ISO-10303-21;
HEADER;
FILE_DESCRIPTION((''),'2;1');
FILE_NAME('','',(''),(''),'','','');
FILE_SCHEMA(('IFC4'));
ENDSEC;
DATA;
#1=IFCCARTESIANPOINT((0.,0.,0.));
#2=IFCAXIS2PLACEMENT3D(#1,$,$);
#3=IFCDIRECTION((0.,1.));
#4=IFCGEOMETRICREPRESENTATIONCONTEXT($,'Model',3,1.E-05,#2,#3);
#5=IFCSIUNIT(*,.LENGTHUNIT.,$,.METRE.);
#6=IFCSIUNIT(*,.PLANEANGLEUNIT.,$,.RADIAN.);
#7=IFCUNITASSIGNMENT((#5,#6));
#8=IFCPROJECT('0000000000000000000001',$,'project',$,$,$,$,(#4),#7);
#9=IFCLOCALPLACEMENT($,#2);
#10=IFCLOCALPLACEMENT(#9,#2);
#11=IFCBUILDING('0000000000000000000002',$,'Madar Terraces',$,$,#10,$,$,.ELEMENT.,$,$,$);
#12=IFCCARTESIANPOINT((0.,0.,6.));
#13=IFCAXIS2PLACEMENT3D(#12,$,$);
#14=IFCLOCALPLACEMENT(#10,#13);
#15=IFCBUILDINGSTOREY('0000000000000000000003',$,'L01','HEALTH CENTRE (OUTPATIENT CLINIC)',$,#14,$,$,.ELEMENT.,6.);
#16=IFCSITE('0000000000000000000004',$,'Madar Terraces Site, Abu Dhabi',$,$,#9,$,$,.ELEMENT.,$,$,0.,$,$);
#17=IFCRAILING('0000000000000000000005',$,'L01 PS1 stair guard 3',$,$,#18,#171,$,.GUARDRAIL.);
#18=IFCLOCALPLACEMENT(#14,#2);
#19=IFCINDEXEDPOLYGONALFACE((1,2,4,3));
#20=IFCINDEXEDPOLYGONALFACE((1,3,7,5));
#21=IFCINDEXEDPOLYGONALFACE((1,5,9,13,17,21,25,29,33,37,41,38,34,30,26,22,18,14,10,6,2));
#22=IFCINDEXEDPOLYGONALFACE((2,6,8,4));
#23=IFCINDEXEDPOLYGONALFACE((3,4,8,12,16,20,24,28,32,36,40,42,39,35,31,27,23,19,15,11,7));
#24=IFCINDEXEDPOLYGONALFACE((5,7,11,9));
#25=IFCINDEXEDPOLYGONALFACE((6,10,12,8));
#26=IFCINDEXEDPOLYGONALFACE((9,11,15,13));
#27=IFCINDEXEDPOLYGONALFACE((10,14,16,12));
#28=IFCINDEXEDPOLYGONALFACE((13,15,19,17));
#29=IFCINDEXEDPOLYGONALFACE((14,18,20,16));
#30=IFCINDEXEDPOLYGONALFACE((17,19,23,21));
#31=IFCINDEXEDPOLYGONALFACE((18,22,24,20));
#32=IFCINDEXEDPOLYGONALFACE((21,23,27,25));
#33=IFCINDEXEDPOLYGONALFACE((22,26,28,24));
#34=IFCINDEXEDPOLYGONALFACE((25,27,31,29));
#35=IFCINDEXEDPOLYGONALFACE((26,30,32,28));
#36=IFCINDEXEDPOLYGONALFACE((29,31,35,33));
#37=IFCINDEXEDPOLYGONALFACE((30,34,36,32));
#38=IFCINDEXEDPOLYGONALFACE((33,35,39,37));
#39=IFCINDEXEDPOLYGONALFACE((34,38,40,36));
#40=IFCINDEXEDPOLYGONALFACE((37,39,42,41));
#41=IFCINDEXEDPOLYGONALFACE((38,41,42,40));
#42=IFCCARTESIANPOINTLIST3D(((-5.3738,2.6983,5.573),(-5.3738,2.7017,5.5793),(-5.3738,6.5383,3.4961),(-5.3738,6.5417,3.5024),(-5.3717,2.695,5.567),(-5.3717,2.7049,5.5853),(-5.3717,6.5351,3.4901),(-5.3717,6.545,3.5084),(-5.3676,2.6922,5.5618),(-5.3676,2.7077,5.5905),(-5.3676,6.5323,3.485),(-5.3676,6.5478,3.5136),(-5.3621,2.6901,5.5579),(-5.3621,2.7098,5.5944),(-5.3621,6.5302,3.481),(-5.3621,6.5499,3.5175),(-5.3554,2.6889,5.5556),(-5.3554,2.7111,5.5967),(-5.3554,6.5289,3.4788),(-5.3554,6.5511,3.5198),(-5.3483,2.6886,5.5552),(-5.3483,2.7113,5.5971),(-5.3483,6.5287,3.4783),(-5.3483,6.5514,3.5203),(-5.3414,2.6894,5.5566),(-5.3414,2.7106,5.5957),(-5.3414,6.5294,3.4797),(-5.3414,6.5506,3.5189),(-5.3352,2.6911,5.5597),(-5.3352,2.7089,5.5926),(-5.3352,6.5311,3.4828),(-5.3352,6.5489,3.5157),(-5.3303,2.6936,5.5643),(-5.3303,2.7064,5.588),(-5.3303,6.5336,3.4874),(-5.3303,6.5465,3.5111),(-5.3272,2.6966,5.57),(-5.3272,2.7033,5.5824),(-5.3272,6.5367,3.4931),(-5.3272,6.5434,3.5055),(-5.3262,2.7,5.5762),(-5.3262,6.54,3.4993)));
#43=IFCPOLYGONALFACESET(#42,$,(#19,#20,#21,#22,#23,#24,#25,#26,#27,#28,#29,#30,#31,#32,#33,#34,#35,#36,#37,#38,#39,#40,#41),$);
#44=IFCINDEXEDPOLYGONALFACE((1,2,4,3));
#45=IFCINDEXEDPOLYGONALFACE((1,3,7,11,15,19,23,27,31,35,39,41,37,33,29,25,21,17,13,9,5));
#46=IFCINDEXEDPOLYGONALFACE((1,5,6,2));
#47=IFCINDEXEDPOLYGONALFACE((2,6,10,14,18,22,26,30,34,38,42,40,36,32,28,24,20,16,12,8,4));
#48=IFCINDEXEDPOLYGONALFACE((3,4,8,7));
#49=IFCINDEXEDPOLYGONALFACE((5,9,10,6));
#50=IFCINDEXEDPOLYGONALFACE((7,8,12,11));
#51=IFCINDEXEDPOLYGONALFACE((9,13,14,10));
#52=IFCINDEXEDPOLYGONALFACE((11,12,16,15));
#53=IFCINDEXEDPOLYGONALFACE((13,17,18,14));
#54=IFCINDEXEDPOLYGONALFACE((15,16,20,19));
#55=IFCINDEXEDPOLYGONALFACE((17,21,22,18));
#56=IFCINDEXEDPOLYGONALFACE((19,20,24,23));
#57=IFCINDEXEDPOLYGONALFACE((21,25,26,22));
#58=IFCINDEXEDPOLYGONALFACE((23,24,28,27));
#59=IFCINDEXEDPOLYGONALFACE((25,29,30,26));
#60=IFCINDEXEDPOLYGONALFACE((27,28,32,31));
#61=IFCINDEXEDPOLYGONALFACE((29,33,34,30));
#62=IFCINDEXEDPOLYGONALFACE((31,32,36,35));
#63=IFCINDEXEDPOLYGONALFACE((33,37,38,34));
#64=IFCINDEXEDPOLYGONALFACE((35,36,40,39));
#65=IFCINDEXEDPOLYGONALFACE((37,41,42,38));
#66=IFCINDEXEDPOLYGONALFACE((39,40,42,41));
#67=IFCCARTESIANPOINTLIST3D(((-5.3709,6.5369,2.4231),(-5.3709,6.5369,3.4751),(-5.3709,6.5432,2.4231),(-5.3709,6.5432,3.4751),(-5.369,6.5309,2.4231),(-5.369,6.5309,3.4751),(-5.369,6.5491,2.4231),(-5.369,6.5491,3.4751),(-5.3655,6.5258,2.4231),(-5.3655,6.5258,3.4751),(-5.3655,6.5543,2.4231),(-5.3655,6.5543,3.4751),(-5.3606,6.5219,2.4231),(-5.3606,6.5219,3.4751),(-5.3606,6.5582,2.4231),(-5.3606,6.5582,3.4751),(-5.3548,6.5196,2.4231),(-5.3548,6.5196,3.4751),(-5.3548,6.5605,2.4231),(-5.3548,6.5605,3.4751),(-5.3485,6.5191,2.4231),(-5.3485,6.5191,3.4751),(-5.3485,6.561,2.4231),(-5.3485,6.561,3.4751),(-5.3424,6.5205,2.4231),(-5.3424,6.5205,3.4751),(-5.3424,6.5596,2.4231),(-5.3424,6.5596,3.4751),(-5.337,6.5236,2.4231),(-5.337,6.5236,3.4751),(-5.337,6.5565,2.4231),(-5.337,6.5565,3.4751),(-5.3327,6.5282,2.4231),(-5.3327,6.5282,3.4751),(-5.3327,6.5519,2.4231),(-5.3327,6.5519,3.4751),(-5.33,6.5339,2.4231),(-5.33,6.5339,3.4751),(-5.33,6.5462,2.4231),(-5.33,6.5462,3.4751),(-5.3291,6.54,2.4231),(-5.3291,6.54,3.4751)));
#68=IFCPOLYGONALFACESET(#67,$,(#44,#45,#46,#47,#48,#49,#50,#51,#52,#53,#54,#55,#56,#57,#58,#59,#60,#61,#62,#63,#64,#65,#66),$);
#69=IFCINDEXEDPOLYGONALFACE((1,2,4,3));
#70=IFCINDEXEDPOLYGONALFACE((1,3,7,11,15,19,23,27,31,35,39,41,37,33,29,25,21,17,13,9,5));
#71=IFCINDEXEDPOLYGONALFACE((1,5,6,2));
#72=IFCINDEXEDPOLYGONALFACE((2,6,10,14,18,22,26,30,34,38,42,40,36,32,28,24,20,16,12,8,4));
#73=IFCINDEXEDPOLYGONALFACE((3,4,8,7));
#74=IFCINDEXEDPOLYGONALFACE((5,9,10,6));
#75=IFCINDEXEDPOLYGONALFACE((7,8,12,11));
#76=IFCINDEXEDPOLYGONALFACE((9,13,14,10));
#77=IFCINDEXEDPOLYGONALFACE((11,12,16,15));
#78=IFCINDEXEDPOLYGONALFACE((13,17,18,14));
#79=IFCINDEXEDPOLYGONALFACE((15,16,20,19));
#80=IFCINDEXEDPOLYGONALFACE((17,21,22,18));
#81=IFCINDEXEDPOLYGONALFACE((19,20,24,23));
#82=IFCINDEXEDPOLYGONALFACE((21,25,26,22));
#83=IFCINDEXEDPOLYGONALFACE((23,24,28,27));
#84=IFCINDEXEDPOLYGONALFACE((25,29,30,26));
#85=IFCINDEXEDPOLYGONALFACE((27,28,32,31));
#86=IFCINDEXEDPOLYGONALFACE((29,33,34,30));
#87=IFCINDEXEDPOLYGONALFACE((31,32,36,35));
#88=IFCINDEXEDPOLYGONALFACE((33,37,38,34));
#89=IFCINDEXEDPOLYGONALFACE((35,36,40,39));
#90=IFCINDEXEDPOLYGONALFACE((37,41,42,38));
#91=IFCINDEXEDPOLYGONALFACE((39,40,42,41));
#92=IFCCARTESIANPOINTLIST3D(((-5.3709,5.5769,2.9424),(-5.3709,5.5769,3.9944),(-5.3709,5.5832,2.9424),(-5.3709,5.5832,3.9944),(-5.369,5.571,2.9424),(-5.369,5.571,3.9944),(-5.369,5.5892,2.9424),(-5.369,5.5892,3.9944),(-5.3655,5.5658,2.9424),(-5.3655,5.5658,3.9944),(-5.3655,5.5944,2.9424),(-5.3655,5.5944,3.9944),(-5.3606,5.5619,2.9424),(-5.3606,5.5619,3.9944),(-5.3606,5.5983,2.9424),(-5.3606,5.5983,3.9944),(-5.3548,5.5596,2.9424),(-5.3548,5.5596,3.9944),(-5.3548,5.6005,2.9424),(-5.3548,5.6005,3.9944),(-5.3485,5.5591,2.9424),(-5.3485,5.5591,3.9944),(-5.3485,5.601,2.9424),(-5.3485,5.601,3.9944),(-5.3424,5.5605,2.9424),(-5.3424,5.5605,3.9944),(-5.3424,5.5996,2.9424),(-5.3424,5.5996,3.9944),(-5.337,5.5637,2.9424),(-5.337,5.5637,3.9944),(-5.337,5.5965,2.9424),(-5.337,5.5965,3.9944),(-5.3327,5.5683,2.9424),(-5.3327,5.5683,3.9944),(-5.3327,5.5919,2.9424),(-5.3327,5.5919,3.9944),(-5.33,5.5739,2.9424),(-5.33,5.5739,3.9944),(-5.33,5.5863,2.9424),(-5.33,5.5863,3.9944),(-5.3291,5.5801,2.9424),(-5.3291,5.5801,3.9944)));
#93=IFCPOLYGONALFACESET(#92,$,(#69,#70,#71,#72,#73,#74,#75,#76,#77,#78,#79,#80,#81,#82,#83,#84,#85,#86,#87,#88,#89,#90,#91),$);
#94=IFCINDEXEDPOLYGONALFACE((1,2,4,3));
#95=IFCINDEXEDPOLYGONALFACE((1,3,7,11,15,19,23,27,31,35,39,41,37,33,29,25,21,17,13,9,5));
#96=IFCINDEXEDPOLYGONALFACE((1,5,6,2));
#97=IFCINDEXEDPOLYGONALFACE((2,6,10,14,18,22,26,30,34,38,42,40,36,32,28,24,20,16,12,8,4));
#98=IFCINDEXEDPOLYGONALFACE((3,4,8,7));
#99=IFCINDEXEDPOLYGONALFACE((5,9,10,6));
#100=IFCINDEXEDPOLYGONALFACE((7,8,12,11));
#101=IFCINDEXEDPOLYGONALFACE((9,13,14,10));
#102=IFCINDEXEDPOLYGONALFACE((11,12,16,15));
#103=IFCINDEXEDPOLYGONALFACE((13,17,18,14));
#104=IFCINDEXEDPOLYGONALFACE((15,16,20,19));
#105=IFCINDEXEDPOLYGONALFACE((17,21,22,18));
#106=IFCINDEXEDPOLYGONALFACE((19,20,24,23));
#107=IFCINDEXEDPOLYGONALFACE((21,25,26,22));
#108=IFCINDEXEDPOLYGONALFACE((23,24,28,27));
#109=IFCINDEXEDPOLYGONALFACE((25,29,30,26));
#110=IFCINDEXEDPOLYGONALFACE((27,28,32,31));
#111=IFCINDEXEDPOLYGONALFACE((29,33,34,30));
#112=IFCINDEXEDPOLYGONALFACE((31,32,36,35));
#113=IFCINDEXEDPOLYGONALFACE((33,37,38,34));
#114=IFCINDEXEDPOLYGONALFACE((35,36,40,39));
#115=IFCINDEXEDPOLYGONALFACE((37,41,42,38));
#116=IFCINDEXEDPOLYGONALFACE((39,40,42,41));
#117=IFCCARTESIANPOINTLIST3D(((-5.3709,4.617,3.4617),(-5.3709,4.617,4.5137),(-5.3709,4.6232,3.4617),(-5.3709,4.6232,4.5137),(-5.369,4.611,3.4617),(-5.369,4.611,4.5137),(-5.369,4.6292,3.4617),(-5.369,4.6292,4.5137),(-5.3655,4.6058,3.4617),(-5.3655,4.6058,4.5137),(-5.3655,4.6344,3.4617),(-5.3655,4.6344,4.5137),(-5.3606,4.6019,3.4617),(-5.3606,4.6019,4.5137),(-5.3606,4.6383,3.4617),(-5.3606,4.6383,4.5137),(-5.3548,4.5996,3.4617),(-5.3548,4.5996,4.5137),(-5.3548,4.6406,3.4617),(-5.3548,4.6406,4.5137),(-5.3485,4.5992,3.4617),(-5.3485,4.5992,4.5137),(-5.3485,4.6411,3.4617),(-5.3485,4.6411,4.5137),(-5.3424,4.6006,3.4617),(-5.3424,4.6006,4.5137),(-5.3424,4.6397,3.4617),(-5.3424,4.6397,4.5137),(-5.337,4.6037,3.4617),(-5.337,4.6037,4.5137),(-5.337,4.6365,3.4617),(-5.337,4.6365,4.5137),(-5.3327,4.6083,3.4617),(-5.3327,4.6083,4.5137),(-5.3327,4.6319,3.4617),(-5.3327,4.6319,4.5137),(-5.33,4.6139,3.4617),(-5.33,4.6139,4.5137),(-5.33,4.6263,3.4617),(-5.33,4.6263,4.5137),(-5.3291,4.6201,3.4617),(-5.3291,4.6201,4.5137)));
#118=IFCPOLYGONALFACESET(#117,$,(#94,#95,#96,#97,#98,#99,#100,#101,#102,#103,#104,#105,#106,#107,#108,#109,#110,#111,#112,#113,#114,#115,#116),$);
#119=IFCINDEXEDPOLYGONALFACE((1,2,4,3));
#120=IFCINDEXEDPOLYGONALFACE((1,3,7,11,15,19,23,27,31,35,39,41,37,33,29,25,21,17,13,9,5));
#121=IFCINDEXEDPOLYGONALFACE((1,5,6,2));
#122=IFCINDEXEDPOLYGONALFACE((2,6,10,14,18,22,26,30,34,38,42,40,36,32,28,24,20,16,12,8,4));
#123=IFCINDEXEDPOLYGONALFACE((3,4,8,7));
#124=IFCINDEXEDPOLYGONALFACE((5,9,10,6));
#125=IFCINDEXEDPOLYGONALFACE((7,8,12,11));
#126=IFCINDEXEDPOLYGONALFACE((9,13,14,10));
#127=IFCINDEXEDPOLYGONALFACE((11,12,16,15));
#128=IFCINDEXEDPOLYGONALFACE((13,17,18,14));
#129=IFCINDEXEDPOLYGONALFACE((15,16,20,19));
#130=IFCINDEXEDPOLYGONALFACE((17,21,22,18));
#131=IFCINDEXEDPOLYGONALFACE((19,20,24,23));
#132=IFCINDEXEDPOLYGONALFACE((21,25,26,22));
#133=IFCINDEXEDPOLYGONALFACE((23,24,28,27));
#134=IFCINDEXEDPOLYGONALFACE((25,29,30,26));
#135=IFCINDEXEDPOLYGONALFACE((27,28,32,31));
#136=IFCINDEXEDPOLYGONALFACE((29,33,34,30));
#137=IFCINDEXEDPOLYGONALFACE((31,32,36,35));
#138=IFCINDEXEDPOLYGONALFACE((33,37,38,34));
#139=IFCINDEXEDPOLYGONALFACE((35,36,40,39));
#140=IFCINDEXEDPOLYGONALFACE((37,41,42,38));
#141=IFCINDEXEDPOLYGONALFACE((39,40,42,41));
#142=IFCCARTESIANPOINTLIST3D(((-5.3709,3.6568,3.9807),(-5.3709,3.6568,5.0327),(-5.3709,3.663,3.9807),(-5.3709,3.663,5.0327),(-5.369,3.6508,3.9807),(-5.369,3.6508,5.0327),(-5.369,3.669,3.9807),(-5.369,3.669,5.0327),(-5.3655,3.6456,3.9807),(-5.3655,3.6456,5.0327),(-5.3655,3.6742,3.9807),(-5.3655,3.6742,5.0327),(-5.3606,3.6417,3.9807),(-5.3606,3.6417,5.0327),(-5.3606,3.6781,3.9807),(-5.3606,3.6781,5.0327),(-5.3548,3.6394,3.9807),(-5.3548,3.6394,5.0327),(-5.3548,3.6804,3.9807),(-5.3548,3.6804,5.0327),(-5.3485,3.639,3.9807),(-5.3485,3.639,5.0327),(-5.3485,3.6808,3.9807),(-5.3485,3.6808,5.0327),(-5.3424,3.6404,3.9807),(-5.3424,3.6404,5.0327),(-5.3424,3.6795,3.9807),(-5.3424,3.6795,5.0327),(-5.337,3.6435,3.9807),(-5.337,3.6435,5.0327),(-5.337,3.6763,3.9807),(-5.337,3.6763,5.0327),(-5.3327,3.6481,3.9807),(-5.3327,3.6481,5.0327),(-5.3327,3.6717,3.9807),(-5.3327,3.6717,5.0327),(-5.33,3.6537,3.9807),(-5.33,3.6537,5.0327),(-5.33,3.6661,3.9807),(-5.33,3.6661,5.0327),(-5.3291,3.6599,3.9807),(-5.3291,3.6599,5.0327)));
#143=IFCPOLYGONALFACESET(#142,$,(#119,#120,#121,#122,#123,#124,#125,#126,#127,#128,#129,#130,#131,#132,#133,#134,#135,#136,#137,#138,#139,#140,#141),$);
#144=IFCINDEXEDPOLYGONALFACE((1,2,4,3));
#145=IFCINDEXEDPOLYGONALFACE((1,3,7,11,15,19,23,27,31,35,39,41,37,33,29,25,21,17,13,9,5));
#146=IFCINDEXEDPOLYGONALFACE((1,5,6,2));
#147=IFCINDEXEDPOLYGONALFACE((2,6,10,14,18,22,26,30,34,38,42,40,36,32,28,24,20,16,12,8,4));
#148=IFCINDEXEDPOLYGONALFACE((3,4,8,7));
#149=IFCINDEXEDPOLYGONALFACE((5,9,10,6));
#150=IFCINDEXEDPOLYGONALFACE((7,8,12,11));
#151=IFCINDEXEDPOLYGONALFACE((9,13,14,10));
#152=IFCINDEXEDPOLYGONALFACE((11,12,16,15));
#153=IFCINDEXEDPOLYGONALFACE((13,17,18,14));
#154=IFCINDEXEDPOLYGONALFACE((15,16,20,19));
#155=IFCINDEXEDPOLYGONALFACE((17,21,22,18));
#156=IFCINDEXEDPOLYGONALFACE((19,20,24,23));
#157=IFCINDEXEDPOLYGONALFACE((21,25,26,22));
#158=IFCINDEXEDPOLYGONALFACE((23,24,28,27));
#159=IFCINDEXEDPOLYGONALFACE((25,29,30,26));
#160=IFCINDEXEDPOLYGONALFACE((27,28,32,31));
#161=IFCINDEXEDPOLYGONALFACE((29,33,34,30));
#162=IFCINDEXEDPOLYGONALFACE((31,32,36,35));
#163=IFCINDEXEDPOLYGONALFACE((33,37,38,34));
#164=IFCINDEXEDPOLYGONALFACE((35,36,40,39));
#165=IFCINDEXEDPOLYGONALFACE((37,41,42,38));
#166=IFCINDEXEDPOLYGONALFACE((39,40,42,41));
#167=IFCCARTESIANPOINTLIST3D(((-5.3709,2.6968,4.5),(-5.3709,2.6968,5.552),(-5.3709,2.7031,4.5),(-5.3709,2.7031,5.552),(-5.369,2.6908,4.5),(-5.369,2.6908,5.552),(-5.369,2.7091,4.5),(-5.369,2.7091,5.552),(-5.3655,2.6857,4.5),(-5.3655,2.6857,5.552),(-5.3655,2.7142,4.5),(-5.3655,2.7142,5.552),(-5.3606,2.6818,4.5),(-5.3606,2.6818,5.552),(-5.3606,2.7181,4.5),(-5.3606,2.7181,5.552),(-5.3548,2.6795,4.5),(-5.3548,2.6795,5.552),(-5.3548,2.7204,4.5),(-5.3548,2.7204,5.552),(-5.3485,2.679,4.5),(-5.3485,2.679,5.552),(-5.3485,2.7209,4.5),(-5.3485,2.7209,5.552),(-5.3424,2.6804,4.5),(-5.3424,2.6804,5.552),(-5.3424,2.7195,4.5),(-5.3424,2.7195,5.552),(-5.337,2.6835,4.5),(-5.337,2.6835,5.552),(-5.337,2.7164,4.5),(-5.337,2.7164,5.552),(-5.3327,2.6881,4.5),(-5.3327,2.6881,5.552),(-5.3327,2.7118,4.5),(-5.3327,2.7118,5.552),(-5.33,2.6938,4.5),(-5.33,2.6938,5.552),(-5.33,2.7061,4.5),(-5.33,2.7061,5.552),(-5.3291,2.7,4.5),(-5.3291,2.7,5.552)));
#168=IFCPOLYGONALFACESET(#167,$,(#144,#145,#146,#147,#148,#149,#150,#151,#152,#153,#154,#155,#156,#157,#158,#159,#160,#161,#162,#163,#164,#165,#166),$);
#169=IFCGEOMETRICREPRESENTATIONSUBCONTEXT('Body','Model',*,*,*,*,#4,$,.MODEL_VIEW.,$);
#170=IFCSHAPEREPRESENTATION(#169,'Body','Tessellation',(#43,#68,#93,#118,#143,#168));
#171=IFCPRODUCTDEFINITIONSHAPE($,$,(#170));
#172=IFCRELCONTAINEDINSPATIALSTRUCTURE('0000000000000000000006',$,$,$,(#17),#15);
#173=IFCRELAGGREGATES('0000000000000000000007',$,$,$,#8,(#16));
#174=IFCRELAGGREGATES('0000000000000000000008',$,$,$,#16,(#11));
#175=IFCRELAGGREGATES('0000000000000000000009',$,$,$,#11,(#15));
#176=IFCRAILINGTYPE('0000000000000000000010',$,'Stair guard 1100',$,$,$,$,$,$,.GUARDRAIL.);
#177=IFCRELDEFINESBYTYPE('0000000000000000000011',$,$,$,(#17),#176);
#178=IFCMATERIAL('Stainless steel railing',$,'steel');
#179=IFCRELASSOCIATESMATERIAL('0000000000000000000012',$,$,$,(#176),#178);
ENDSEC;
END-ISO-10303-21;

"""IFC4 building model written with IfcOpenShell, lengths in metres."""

from ifc_helpers import new_model, si_unit, direction, frame, origin, origin_2d, place, context, subcontext, project, spatial, circle, extrude, material, type_object, element, save


model = new_model("IFC4")

# Units and contexts
model_context = context("Model", 3, precision=1e-05, world=origin(), true_north=direction((0.0, 1.0)))
body_context = subcontext(model_context, "Body", "Model", "MODEL_VIEW")
ifc_project = project(units=[si_unit("LENGTHUNIT", "METRE"), si_unit("PLANEANGLEUNIT", "RADIAN")], contexts=[model_context])

# Site, building, storey
site_placement = place(None, origin())
site = spatial("IfcSite", under=ifc_project, at=site_placement, Name="Madar Terraces Site, Abu Dhabi", CompositionType="ELEMENT", RefElevation=0.0)
building_placement = place(site_placement, origin())
building = spatial("IfcBuilding", under=site, at=building_placement, Name="Madar Terraces", CompositionType="ELEMENT")
storey_placement = place(building_placement, frame((0.0, 0.0, 6.0)))
storey = spatial("IfcBuildingStorey", under=building, at=storey_placement, Name="L01", Description="HEALTH CENTRE (OUTPATIENT CLINIC)", CompositionType="ELEMENT", Elevation=6.0)

# Railing
ifc_material_1 = material(Name="Stainless steel railing", Category="steel")
railing_type_1 = type_object("IfcRailingType", Name="Stair guard 1100", PredefinedType="GUARDRAIL", material=ifc_material_1)
railing_1_placement = place(storey_placement, frame((-5.3501, 6.54, 2.4231)))
element("IfcRailing", 1, at=railing_1_placement, inside=storey, type_object=railing_type_1, Name="L01 PS1 stair guard 3", PredefinedType="GUARDRAIL", context=body_context, shape_type="SweptSolid", body=[
    extrude(circle(Radius=0.0239, at=origin_2d()), frame((0.0, 0.0, 1.0762), z_axis=(0.0, -0.879593, 0.475726), x_axis=(1.0, 0.0, 0.0)), (0.0, 0.0, 1.0), 4.3657),
    extrude(circle(Radius=0.021, at=origin_2d()), origin(), (0.0, 0.0, 1.0), 1.052),
    extrude(circle(Radius=0.021, at=origin_2d()), frame((0.0, -0.96, 0.5193)), (0.0, 0.0, 1.0), 1.052),
    extrude(circle(Radius=0.021, at=origin_2d()), frame((0.0, -1.9199, 1.0386)), (0.0, 0.0, 1.0), 1.052),
    extrude(circle(Radius=0.021, at=origin_2d()), frame((0.0, -2.8801, 1.5576)), (0.0, 0.0, 1.0), 1.052),
    extrude(circle(Radius=0.021, at=origin_2d()), frame((0.0, -3.8401, 2.0769)), (0.0, 0.0, 1.0), 1.052),
])

save(model, "model.ifc")
